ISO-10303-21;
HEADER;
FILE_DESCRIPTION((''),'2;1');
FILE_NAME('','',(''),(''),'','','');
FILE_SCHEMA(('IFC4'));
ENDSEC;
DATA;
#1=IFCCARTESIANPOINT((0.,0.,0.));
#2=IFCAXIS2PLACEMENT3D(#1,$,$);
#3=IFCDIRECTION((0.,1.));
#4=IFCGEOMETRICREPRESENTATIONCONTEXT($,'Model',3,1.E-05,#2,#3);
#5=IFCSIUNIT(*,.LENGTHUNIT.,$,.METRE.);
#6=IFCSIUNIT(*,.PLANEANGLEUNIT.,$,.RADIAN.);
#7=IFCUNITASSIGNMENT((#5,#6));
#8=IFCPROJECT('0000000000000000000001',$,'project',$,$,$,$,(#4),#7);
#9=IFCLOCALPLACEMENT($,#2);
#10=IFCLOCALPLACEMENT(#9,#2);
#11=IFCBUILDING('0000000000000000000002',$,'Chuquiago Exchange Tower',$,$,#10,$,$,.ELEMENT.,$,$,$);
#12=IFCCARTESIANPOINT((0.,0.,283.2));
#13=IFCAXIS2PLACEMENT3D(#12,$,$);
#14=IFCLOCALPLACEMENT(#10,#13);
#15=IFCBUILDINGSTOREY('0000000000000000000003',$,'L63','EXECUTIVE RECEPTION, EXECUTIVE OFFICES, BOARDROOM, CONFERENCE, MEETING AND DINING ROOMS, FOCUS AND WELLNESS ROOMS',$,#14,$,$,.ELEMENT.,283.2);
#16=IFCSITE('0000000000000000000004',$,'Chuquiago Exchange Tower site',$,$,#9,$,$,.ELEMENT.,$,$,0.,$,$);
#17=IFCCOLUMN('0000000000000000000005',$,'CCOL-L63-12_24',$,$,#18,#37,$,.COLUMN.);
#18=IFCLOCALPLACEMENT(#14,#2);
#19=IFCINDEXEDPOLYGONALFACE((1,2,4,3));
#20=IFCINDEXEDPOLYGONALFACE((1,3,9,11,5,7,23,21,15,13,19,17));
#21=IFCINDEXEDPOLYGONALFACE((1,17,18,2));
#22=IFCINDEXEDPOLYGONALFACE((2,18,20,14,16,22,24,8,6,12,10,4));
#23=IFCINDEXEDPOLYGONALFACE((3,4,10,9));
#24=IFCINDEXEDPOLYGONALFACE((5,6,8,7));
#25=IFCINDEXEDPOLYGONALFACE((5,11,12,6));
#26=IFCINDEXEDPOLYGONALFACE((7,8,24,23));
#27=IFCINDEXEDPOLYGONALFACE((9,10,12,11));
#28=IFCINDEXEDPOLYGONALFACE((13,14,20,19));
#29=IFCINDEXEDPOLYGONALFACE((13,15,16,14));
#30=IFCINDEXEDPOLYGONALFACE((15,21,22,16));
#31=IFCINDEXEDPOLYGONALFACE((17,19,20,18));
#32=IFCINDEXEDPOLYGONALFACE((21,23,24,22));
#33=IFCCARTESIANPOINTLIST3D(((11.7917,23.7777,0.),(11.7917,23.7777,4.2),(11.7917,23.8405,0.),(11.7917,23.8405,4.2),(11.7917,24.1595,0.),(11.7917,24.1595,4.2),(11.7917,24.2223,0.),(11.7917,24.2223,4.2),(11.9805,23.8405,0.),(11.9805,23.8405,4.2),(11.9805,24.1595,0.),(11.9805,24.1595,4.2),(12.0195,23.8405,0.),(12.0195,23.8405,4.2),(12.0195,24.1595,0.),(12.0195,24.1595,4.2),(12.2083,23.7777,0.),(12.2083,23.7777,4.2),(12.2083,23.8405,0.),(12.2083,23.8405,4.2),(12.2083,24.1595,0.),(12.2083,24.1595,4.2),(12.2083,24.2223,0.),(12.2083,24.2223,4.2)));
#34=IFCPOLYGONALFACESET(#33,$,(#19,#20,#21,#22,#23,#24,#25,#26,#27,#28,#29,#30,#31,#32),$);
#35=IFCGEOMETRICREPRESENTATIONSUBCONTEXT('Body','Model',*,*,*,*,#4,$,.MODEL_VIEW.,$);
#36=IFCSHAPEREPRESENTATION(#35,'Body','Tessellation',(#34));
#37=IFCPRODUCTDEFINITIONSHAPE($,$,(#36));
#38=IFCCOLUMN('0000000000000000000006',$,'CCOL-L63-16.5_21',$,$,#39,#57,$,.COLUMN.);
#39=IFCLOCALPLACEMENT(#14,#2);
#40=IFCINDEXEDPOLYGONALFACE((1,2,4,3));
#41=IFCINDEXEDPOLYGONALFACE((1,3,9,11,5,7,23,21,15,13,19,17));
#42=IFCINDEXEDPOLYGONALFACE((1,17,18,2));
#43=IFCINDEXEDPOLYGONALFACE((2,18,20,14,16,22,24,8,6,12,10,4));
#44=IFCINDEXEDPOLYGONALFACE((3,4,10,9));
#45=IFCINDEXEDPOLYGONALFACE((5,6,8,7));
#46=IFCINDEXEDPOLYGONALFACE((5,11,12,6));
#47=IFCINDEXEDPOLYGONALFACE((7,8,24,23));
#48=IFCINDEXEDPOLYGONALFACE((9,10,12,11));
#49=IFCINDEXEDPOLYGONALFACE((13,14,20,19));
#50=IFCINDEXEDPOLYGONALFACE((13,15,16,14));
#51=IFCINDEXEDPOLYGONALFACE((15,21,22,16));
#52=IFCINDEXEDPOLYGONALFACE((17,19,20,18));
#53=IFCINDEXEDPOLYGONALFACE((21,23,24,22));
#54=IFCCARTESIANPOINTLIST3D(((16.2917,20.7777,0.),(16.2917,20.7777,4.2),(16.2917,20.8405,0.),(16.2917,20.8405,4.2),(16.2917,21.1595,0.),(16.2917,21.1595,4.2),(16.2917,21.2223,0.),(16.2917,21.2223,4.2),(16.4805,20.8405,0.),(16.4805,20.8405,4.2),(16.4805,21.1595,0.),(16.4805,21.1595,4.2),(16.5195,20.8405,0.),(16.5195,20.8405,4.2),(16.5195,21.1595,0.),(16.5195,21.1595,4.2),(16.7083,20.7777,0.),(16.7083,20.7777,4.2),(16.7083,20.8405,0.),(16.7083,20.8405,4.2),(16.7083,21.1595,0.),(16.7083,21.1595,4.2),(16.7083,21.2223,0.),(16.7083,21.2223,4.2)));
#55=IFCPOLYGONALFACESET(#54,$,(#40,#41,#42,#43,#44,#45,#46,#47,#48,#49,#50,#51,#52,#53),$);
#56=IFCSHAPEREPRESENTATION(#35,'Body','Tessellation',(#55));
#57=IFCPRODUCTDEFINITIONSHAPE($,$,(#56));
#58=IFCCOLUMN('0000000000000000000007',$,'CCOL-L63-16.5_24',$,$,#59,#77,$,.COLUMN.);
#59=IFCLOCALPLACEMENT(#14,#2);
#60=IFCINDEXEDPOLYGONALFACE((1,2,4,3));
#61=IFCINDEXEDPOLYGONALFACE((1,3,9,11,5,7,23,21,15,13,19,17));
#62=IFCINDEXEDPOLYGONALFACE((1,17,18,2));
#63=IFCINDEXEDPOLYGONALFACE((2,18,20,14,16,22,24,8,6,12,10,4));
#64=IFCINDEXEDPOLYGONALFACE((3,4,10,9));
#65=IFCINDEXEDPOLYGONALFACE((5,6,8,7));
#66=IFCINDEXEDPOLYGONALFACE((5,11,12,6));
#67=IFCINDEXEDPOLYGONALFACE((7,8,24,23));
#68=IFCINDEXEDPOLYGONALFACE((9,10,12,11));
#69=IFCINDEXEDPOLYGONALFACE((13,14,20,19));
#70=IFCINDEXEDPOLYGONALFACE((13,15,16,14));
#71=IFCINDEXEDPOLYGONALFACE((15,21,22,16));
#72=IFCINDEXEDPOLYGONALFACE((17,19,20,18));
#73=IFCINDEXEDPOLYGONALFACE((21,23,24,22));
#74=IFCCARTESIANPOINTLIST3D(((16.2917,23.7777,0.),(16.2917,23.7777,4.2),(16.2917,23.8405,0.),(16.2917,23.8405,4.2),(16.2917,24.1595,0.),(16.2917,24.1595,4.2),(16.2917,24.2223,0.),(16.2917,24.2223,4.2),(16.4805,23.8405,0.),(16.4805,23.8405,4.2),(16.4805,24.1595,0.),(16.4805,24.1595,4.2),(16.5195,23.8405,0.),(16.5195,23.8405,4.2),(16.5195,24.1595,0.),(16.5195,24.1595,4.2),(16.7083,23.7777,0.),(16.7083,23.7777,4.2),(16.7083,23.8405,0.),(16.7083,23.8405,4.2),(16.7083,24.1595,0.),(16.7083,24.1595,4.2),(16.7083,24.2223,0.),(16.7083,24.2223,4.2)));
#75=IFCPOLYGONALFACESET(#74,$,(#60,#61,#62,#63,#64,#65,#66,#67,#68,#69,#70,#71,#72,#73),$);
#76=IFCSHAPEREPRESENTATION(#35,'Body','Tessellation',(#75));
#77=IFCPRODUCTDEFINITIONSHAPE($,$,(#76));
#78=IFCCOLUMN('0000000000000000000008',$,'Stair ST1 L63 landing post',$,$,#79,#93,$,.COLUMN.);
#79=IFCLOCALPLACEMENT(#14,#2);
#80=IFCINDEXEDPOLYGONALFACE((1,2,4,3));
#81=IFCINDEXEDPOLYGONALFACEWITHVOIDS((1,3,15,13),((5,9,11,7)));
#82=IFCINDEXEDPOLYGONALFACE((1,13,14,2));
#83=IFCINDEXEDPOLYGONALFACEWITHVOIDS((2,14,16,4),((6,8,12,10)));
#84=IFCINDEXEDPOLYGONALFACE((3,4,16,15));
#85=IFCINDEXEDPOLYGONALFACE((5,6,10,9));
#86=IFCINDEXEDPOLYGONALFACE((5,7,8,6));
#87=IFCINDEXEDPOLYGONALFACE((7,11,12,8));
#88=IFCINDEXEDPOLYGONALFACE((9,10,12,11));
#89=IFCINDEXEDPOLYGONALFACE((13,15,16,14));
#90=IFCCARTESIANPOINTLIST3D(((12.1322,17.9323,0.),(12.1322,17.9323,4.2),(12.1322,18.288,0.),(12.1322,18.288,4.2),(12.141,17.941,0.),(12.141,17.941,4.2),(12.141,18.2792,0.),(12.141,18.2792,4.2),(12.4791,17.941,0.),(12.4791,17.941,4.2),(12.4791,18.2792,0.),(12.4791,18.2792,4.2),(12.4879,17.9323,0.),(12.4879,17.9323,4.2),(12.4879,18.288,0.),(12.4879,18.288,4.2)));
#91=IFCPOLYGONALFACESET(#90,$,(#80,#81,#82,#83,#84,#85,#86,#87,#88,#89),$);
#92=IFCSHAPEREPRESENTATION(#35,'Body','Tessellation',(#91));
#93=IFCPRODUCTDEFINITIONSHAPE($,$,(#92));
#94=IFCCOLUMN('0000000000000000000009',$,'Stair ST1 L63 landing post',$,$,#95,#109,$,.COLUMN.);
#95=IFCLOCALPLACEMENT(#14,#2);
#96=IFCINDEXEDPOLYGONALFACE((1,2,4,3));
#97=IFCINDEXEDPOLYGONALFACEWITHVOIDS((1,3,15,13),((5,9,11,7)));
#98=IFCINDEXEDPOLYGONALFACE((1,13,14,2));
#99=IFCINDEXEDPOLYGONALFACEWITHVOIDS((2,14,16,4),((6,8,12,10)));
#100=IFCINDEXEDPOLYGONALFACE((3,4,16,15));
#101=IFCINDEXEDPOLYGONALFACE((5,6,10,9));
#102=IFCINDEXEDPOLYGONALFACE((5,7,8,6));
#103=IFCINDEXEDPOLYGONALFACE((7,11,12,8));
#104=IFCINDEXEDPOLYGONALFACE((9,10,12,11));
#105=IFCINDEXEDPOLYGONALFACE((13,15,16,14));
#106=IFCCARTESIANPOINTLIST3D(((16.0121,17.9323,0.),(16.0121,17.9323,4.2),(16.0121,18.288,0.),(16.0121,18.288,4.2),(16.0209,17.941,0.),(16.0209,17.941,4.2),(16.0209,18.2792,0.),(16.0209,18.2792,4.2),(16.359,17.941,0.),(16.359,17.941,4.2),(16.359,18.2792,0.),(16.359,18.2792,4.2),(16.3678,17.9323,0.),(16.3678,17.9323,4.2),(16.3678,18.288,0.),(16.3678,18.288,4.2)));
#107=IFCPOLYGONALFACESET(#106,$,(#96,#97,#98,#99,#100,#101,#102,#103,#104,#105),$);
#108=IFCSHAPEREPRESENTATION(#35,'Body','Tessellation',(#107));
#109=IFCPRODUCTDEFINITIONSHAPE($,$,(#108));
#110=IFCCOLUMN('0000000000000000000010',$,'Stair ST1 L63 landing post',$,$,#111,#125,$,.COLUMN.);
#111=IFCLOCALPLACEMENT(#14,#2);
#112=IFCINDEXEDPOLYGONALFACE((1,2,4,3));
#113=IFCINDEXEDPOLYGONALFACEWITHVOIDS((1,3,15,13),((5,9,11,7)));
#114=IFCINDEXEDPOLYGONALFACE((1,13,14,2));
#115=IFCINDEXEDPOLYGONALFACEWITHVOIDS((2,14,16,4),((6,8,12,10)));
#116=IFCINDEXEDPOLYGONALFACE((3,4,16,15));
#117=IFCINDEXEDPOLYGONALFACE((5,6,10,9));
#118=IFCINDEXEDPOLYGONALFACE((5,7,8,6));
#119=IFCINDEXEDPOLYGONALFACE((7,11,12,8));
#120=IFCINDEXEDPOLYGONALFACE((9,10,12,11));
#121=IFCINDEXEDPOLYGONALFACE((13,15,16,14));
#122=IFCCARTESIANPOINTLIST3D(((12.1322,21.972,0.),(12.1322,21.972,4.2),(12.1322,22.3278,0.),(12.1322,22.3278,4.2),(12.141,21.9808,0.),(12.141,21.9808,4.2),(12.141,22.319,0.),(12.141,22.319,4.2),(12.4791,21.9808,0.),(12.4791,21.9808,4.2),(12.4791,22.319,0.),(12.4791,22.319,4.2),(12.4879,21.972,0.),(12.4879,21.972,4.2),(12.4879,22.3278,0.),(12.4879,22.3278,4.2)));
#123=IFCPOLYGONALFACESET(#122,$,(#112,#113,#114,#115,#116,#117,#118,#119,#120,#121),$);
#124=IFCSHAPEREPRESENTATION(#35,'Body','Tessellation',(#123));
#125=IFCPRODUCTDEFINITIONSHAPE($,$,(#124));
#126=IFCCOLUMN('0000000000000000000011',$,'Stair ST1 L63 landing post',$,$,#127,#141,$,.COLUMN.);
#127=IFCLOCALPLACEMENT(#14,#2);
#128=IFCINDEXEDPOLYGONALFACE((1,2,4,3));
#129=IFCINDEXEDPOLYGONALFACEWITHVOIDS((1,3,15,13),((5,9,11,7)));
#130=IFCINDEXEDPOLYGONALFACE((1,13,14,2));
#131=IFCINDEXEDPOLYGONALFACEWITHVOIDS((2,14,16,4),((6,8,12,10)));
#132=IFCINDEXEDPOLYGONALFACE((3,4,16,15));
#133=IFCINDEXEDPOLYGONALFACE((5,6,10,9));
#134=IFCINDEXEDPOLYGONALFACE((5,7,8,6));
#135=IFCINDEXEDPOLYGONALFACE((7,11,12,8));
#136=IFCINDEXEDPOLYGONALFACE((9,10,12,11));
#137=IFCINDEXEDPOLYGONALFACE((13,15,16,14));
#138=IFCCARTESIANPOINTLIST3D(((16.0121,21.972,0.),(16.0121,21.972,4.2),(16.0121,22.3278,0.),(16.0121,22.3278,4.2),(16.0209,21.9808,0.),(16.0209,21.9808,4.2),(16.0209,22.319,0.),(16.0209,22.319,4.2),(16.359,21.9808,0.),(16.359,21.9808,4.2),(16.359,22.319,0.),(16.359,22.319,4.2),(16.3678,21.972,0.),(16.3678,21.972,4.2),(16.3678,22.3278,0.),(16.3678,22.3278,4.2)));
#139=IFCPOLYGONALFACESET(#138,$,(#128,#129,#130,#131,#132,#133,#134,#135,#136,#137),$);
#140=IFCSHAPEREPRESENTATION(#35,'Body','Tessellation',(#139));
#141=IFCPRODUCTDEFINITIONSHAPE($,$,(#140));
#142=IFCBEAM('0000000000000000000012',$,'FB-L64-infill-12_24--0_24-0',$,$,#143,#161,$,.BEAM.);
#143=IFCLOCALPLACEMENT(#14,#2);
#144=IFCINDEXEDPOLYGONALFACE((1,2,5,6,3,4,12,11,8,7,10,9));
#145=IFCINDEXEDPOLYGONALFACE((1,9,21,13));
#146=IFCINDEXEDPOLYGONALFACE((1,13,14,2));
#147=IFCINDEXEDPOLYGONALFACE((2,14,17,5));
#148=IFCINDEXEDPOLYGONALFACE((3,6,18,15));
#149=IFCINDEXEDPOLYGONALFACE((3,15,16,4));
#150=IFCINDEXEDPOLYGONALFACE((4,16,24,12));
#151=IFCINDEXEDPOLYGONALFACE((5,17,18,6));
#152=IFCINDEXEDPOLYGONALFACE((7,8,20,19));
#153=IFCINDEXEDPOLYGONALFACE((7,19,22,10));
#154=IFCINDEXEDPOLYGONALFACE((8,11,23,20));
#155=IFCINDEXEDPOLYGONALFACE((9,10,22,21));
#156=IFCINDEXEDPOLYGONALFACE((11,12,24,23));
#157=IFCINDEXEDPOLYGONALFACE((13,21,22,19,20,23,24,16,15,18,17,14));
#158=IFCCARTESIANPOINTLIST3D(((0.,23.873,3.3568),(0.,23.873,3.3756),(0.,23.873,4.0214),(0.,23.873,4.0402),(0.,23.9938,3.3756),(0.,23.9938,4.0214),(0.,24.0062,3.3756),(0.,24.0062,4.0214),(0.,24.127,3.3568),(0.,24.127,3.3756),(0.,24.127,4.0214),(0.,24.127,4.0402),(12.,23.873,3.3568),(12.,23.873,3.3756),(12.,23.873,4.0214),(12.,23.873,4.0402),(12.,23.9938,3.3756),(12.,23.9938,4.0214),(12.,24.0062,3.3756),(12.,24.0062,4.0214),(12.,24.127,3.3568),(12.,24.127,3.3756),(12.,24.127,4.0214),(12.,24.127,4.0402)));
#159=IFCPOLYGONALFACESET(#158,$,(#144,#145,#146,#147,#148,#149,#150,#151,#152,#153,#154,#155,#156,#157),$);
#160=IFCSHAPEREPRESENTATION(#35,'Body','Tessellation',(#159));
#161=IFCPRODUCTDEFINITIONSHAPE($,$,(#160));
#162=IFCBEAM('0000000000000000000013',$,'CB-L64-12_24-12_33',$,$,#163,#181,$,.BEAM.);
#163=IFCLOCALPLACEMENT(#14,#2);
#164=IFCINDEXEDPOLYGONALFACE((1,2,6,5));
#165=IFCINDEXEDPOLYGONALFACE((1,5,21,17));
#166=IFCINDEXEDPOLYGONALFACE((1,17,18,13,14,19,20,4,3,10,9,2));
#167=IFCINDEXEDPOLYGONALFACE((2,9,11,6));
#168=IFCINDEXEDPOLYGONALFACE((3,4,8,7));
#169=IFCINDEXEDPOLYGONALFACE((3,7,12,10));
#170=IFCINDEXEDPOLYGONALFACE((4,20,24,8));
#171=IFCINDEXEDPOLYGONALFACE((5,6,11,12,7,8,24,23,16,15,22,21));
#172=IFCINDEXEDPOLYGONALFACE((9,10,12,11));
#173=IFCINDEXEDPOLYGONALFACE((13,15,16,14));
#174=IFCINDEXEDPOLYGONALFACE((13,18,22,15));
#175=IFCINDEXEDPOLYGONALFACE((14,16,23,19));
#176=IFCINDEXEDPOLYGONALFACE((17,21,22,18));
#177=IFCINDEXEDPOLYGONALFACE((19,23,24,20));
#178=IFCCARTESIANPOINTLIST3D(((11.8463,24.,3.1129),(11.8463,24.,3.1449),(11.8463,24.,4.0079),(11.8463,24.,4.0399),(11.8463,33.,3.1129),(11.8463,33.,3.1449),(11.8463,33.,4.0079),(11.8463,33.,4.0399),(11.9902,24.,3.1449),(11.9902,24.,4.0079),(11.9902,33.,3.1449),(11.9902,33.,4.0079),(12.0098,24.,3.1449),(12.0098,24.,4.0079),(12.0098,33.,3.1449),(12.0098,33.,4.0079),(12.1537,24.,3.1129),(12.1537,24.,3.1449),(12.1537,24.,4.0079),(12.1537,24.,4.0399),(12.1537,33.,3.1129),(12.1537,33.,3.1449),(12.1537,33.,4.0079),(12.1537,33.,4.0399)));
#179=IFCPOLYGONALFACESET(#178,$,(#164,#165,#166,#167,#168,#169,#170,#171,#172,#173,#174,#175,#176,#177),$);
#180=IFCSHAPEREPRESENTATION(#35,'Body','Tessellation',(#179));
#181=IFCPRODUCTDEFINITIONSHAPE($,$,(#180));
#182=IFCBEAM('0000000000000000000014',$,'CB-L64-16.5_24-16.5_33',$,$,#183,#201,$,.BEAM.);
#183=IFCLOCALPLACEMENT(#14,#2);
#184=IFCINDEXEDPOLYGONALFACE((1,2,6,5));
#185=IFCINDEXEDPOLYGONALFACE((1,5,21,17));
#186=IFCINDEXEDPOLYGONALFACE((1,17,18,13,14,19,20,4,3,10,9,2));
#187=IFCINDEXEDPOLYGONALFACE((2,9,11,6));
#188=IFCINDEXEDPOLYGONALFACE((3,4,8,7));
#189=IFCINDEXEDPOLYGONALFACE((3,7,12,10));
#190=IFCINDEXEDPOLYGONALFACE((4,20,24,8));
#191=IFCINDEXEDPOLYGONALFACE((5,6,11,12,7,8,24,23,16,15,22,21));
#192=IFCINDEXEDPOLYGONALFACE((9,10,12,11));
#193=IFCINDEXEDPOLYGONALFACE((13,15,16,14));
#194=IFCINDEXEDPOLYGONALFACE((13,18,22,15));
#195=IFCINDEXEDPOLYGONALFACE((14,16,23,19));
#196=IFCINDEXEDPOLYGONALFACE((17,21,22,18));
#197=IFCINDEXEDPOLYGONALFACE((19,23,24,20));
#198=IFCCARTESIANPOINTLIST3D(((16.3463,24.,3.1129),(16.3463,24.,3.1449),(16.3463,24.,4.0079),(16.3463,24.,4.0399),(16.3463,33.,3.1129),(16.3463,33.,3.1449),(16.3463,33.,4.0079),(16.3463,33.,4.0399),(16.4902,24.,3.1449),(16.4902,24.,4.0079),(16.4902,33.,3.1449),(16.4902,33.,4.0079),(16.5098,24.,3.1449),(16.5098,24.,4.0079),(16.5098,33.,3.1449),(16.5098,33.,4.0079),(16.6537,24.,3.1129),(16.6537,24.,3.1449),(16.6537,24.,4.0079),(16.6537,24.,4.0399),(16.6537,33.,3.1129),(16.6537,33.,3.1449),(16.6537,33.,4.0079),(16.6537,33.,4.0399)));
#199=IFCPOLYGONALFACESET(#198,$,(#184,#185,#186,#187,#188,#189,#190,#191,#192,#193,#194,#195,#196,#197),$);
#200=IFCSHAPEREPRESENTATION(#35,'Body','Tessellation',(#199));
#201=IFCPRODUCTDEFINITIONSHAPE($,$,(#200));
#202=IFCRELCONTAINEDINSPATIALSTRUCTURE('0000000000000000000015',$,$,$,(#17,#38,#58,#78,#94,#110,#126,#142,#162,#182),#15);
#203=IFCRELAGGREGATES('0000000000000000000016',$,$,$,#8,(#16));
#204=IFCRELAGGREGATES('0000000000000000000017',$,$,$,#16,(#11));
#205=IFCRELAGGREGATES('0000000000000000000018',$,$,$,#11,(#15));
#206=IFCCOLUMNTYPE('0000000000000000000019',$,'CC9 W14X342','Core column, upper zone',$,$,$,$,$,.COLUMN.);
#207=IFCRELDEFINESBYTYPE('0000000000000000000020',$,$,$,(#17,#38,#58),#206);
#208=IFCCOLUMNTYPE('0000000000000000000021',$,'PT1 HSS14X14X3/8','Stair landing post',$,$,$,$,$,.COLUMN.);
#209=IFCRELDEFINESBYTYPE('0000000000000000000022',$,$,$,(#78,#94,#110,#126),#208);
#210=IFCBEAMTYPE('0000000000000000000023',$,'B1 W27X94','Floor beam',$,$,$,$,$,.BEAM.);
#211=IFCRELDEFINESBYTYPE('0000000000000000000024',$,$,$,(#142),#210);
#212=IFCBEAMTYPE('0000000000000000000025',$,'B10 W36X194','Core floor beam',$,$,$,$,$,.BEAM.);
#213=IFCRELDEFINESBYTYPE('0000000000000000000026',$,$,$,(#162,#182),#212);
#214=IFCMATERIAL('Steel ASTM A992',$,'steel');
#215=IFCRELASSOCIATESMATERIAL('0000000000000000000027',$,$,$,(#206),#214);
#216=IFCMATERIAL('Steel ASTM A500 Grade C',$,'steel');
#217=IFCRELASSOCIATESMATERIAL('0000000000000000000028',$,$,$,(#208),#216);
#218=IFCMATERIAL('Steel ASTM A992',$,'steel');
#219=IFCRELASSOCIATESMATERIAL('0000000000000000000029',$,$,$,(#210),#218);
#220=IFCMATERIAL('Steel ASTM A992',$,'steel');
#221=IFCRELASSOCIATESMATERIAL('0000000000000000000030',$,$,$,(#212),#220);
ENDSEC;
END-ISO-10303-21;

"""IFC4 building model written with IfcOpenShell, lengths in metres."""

from ifc_helpers import new_model, si_unit, direction, frame, origin, origin_2d, place, context, subcontext, project, spatial, hollow_rectangle, i_section, extrude, material, material_profile, profile_set, type_object, element, save


model = new_model("IFC4")

# Units and contexts
model_context = context("Model", 3, precision=1e-05, world=origin(), true_north=direction((0.0, 1.0)))
body_context = subcontext(model_context, "Body", "Model", "MODEL_VIEW")
ifc_project = project(units=[si_unit("LENGTHUNIT", "METRE"), si_unit("PLANEANGLEUNIT", "RADIAN")], contexts=[model_context])

# Site, building, storey
site_placement = place(None, origin())
site = spatial("IfcSite", under=ifc_project, at=site_placement, Name="Chuquiago Exchange Tower site", CompositionType="ELEMENT", RefElevation=0.0)
building_placement = place(site_placement, origin())
building = spatial("IfcBuilding", under=site, at=building_placement, Name="Chuquiago Exchange Tower", CompositionType="ELEMENT")
storey_placement = place(building_placement, frame((0.0, 0.0, 283.2)))
storey = spatial("IfcBuildingStorey", under=building, at=storey_placement, Name="L63", Description="EXECUTIVE RECEPTION, EXECUTIVE OFFICES, BOARDROOM, CONFERENCE, MEETING AND DINING ROOMS, FOCUS AND WELLNESS ROOMS", CompositionType="ELEMENT", Elevation=283.2)

# Columns
ifc_material_1 = material(Name="Steel ASTM A992", Category="steel")
ifc_material_profile_1 = material_profile(ifc_material_1, i_section(OverallWidth=0.4165, OverallDepth=0.4446, WebThickness=0.0391, FlangeThickness=0.0627, at=origin_2d()), Name="W14X342")
ifc_profile_set_1 = profile_set([ifc_material_profile_1], Name="Steel ASTM A992")
column_type_1 = type_object("IfcColumnType", Name="CC9 W14X342", Description="Core column, upper zone", PredefinedType="COLUMN", material=ifc_profile_set_1)
for number, where, z_axis, x_axis, name in (
    (1, (12.0, 24.0, 0.0), (0.0, 0.0, 1.0), (1.0, 0.0, 0.0), "CCOL-L63-12_24"),
    (2, (16.5, 21.0, 0.0), (0.0, 0.0, 1.0), (1.0, 0.0, 0.0), "CCOL-L63-16.5_21"),
    (3, (16.5, 24.0, 0.0), (0.0, 0.0, 1.0), (1.0, 0.0, 0.0), "CCOL-L63-16.5_24"),
):
    element("IfcColumn", number, at=place(storey_placement, frame(where, z_axis=z_axis, x_axis=x_axis)), inside=storey, type_object=column_type_1, Name=name, PredefinedType="COLUMN", context=body_context, shape_type="SweptSolid", body=[
        extrude(i_section(OverallWidth=0.4165, OverallDepth=0.4446, WebThickness=0.0391, FlangeThickness=0.0627, at=origin_2d()), origin(), (0.0, 0.0, 1.0), 4.2),
    ])
ifc_material_2 = material(Name="Steel ASTM A500 Grade C", Category="steel")
ifc_material_profile_2 = material_profile(ifc_material_2, hollow_rectangle(XDim=0.3557, YDim=0.3557, WallThickness=0.0088, at=origin_2d()), Name="HSS14X14X3/8")
ifc_profile_set_2 = profile_set([ifc_material_profile_2], Name="Steel ASTM A500 Grade C")
column_type_2 = type_object("IfcColumnType", Name="PT1 HSS14X14X3/8", Description="Stair landing post", PredefinedType="COLUMN", material=ifc_profile_set_2)
for number, where, z_axis, x_axis, name in (
    (4, (12.3101, 18.1101, 0.0), (0.0, 0.0, 1.0), (1.0, 0.0, 0.0), "Stair ST1 L63 landing post"),
    (5, (16.1899, 18.1101, 0.0), (0.0, 0.0, 1.0), (1.0, 0.0, 0.0), "Stair ST1 L63 landing post"),
    (6, (12.3101, 22.1499, 0.0), (0.0, 0.0, 1.0), (1.0, 0.0, 0.0), "Stair ST1 L63 landing post"),
    (7, (16.1899, 22.1499, 0.0), (0.0, 0.0, 1.0), (1.0, 0.0, 0.0), "Stair ST1 L63 landing post"),
):
    element("IfcColumn", number, at=place(storey_placement, frame(where, z_axis=z_axis, x_axis=x_axis)), inside=storey, type_object=column_type_2, Name=name, PredefinedType="COLUMN", context=body_context, shape_type="SweptSolid", body=[
        extrude(hollow_rectangle(XDim=0.3557, YDim=0.3557, WallThickness=0.0088, at=origin_2d()), origin(), (0.0, 0.0, 1.0), 4.2),
    ])

# Beams
ifc_material_3 = material(Name="Steel ASTM A992", Category="steel")
ifc_material_profile_3 = material_profile(ifc_material_3, i_section(OverallWidth=0.2539, OverallDepth=0.6833, WebThickness=0.0125, FlangeThickness=0.0188, at=origin_2d()), Name="W27X94")
ifc_profile_set_3 = profile_set([ifc_material_profile_3], Name="Steel ASTM A992")
beam_type_1 = type_object("IfcBeamType", Name="B1 W27X94", Description="Floor beam", PredefinedType="BEAM", material=ifc_profile_set_3)
beam_1_placement = place(storey_placement, frame((12.0, 24.0, 3.6985), z_axis=(-1.0, 0.0, 0.0), x_axis=(0.0, -1.0, 0.0)))
element("IfcBeam", 8, at=beam_1_placement, inside=storey, type_object=beam_type_1, Name="FB-L64-infill-12_24--0_24-0", PredefinedType="BEAM", context=body_context, shape_type="SweptSolid", body=[
    extrude(i_section(OverallWidth=0.2539, OverallDepth=0.6833, WebThickness=0.0125, FlangeThickness=0.0188, at=origin_2d()), origin(), (0.0, 0.0, 1.0), 12.0),
])
ifc_material_4 = material(Name="Steel ASTM A992", Category="steel")
ifc_material_profile_4 = material_profile(ifc_material_4, i_section(OverallWidth=0.3074, OverallDepth=0.927, WebThickness=0.0195, FlangeThickness=0.032, at=origin_2d()), Name="W36X194")
ifc_profile_set_4 = profile_set([ifc_material_profile_4], Name="Steel ASTM A992")
beam_type_2 = type_object("IfcBeamType", Name="B10 W36X194", Description="Core floor beam", PredefinedType="BEAM", material=ifc_profile_set_4)
for number, where, z_axis, x_axis, name in (
    (9, (12.0, 24.0, 3.5764), (0.0, 1.0, 0.0), (-1.0, 0.0, 0.0), "CB-L64-12_24-12_33"),
    (10, (16.5, 24.0, 3.5764), (0.0, 1.0, 0.0), (-1.0, 0.0, 0.0), "CB-L64-16.5_24-16.5_33"),
):
    element("IfcBeam", number, at=place(storey_placement, frame(where, z_axis=z_axis, x_axis=x_axis)), inside=storey, type_object=beam_type_2, Name=name, PredefinedType="BEAM", context=body_context, shape_type="SweptSolid", body=[
        extrude(i_section(OverallWidth=0.3074, OverallDepth=0.927, WebThickness=0.0195, FlangeThickness=0.032, at=origin_2d()), origin(), (0.0, 0.0, 1.0), 9.0),
    ])

save(model, "model.ifc")
